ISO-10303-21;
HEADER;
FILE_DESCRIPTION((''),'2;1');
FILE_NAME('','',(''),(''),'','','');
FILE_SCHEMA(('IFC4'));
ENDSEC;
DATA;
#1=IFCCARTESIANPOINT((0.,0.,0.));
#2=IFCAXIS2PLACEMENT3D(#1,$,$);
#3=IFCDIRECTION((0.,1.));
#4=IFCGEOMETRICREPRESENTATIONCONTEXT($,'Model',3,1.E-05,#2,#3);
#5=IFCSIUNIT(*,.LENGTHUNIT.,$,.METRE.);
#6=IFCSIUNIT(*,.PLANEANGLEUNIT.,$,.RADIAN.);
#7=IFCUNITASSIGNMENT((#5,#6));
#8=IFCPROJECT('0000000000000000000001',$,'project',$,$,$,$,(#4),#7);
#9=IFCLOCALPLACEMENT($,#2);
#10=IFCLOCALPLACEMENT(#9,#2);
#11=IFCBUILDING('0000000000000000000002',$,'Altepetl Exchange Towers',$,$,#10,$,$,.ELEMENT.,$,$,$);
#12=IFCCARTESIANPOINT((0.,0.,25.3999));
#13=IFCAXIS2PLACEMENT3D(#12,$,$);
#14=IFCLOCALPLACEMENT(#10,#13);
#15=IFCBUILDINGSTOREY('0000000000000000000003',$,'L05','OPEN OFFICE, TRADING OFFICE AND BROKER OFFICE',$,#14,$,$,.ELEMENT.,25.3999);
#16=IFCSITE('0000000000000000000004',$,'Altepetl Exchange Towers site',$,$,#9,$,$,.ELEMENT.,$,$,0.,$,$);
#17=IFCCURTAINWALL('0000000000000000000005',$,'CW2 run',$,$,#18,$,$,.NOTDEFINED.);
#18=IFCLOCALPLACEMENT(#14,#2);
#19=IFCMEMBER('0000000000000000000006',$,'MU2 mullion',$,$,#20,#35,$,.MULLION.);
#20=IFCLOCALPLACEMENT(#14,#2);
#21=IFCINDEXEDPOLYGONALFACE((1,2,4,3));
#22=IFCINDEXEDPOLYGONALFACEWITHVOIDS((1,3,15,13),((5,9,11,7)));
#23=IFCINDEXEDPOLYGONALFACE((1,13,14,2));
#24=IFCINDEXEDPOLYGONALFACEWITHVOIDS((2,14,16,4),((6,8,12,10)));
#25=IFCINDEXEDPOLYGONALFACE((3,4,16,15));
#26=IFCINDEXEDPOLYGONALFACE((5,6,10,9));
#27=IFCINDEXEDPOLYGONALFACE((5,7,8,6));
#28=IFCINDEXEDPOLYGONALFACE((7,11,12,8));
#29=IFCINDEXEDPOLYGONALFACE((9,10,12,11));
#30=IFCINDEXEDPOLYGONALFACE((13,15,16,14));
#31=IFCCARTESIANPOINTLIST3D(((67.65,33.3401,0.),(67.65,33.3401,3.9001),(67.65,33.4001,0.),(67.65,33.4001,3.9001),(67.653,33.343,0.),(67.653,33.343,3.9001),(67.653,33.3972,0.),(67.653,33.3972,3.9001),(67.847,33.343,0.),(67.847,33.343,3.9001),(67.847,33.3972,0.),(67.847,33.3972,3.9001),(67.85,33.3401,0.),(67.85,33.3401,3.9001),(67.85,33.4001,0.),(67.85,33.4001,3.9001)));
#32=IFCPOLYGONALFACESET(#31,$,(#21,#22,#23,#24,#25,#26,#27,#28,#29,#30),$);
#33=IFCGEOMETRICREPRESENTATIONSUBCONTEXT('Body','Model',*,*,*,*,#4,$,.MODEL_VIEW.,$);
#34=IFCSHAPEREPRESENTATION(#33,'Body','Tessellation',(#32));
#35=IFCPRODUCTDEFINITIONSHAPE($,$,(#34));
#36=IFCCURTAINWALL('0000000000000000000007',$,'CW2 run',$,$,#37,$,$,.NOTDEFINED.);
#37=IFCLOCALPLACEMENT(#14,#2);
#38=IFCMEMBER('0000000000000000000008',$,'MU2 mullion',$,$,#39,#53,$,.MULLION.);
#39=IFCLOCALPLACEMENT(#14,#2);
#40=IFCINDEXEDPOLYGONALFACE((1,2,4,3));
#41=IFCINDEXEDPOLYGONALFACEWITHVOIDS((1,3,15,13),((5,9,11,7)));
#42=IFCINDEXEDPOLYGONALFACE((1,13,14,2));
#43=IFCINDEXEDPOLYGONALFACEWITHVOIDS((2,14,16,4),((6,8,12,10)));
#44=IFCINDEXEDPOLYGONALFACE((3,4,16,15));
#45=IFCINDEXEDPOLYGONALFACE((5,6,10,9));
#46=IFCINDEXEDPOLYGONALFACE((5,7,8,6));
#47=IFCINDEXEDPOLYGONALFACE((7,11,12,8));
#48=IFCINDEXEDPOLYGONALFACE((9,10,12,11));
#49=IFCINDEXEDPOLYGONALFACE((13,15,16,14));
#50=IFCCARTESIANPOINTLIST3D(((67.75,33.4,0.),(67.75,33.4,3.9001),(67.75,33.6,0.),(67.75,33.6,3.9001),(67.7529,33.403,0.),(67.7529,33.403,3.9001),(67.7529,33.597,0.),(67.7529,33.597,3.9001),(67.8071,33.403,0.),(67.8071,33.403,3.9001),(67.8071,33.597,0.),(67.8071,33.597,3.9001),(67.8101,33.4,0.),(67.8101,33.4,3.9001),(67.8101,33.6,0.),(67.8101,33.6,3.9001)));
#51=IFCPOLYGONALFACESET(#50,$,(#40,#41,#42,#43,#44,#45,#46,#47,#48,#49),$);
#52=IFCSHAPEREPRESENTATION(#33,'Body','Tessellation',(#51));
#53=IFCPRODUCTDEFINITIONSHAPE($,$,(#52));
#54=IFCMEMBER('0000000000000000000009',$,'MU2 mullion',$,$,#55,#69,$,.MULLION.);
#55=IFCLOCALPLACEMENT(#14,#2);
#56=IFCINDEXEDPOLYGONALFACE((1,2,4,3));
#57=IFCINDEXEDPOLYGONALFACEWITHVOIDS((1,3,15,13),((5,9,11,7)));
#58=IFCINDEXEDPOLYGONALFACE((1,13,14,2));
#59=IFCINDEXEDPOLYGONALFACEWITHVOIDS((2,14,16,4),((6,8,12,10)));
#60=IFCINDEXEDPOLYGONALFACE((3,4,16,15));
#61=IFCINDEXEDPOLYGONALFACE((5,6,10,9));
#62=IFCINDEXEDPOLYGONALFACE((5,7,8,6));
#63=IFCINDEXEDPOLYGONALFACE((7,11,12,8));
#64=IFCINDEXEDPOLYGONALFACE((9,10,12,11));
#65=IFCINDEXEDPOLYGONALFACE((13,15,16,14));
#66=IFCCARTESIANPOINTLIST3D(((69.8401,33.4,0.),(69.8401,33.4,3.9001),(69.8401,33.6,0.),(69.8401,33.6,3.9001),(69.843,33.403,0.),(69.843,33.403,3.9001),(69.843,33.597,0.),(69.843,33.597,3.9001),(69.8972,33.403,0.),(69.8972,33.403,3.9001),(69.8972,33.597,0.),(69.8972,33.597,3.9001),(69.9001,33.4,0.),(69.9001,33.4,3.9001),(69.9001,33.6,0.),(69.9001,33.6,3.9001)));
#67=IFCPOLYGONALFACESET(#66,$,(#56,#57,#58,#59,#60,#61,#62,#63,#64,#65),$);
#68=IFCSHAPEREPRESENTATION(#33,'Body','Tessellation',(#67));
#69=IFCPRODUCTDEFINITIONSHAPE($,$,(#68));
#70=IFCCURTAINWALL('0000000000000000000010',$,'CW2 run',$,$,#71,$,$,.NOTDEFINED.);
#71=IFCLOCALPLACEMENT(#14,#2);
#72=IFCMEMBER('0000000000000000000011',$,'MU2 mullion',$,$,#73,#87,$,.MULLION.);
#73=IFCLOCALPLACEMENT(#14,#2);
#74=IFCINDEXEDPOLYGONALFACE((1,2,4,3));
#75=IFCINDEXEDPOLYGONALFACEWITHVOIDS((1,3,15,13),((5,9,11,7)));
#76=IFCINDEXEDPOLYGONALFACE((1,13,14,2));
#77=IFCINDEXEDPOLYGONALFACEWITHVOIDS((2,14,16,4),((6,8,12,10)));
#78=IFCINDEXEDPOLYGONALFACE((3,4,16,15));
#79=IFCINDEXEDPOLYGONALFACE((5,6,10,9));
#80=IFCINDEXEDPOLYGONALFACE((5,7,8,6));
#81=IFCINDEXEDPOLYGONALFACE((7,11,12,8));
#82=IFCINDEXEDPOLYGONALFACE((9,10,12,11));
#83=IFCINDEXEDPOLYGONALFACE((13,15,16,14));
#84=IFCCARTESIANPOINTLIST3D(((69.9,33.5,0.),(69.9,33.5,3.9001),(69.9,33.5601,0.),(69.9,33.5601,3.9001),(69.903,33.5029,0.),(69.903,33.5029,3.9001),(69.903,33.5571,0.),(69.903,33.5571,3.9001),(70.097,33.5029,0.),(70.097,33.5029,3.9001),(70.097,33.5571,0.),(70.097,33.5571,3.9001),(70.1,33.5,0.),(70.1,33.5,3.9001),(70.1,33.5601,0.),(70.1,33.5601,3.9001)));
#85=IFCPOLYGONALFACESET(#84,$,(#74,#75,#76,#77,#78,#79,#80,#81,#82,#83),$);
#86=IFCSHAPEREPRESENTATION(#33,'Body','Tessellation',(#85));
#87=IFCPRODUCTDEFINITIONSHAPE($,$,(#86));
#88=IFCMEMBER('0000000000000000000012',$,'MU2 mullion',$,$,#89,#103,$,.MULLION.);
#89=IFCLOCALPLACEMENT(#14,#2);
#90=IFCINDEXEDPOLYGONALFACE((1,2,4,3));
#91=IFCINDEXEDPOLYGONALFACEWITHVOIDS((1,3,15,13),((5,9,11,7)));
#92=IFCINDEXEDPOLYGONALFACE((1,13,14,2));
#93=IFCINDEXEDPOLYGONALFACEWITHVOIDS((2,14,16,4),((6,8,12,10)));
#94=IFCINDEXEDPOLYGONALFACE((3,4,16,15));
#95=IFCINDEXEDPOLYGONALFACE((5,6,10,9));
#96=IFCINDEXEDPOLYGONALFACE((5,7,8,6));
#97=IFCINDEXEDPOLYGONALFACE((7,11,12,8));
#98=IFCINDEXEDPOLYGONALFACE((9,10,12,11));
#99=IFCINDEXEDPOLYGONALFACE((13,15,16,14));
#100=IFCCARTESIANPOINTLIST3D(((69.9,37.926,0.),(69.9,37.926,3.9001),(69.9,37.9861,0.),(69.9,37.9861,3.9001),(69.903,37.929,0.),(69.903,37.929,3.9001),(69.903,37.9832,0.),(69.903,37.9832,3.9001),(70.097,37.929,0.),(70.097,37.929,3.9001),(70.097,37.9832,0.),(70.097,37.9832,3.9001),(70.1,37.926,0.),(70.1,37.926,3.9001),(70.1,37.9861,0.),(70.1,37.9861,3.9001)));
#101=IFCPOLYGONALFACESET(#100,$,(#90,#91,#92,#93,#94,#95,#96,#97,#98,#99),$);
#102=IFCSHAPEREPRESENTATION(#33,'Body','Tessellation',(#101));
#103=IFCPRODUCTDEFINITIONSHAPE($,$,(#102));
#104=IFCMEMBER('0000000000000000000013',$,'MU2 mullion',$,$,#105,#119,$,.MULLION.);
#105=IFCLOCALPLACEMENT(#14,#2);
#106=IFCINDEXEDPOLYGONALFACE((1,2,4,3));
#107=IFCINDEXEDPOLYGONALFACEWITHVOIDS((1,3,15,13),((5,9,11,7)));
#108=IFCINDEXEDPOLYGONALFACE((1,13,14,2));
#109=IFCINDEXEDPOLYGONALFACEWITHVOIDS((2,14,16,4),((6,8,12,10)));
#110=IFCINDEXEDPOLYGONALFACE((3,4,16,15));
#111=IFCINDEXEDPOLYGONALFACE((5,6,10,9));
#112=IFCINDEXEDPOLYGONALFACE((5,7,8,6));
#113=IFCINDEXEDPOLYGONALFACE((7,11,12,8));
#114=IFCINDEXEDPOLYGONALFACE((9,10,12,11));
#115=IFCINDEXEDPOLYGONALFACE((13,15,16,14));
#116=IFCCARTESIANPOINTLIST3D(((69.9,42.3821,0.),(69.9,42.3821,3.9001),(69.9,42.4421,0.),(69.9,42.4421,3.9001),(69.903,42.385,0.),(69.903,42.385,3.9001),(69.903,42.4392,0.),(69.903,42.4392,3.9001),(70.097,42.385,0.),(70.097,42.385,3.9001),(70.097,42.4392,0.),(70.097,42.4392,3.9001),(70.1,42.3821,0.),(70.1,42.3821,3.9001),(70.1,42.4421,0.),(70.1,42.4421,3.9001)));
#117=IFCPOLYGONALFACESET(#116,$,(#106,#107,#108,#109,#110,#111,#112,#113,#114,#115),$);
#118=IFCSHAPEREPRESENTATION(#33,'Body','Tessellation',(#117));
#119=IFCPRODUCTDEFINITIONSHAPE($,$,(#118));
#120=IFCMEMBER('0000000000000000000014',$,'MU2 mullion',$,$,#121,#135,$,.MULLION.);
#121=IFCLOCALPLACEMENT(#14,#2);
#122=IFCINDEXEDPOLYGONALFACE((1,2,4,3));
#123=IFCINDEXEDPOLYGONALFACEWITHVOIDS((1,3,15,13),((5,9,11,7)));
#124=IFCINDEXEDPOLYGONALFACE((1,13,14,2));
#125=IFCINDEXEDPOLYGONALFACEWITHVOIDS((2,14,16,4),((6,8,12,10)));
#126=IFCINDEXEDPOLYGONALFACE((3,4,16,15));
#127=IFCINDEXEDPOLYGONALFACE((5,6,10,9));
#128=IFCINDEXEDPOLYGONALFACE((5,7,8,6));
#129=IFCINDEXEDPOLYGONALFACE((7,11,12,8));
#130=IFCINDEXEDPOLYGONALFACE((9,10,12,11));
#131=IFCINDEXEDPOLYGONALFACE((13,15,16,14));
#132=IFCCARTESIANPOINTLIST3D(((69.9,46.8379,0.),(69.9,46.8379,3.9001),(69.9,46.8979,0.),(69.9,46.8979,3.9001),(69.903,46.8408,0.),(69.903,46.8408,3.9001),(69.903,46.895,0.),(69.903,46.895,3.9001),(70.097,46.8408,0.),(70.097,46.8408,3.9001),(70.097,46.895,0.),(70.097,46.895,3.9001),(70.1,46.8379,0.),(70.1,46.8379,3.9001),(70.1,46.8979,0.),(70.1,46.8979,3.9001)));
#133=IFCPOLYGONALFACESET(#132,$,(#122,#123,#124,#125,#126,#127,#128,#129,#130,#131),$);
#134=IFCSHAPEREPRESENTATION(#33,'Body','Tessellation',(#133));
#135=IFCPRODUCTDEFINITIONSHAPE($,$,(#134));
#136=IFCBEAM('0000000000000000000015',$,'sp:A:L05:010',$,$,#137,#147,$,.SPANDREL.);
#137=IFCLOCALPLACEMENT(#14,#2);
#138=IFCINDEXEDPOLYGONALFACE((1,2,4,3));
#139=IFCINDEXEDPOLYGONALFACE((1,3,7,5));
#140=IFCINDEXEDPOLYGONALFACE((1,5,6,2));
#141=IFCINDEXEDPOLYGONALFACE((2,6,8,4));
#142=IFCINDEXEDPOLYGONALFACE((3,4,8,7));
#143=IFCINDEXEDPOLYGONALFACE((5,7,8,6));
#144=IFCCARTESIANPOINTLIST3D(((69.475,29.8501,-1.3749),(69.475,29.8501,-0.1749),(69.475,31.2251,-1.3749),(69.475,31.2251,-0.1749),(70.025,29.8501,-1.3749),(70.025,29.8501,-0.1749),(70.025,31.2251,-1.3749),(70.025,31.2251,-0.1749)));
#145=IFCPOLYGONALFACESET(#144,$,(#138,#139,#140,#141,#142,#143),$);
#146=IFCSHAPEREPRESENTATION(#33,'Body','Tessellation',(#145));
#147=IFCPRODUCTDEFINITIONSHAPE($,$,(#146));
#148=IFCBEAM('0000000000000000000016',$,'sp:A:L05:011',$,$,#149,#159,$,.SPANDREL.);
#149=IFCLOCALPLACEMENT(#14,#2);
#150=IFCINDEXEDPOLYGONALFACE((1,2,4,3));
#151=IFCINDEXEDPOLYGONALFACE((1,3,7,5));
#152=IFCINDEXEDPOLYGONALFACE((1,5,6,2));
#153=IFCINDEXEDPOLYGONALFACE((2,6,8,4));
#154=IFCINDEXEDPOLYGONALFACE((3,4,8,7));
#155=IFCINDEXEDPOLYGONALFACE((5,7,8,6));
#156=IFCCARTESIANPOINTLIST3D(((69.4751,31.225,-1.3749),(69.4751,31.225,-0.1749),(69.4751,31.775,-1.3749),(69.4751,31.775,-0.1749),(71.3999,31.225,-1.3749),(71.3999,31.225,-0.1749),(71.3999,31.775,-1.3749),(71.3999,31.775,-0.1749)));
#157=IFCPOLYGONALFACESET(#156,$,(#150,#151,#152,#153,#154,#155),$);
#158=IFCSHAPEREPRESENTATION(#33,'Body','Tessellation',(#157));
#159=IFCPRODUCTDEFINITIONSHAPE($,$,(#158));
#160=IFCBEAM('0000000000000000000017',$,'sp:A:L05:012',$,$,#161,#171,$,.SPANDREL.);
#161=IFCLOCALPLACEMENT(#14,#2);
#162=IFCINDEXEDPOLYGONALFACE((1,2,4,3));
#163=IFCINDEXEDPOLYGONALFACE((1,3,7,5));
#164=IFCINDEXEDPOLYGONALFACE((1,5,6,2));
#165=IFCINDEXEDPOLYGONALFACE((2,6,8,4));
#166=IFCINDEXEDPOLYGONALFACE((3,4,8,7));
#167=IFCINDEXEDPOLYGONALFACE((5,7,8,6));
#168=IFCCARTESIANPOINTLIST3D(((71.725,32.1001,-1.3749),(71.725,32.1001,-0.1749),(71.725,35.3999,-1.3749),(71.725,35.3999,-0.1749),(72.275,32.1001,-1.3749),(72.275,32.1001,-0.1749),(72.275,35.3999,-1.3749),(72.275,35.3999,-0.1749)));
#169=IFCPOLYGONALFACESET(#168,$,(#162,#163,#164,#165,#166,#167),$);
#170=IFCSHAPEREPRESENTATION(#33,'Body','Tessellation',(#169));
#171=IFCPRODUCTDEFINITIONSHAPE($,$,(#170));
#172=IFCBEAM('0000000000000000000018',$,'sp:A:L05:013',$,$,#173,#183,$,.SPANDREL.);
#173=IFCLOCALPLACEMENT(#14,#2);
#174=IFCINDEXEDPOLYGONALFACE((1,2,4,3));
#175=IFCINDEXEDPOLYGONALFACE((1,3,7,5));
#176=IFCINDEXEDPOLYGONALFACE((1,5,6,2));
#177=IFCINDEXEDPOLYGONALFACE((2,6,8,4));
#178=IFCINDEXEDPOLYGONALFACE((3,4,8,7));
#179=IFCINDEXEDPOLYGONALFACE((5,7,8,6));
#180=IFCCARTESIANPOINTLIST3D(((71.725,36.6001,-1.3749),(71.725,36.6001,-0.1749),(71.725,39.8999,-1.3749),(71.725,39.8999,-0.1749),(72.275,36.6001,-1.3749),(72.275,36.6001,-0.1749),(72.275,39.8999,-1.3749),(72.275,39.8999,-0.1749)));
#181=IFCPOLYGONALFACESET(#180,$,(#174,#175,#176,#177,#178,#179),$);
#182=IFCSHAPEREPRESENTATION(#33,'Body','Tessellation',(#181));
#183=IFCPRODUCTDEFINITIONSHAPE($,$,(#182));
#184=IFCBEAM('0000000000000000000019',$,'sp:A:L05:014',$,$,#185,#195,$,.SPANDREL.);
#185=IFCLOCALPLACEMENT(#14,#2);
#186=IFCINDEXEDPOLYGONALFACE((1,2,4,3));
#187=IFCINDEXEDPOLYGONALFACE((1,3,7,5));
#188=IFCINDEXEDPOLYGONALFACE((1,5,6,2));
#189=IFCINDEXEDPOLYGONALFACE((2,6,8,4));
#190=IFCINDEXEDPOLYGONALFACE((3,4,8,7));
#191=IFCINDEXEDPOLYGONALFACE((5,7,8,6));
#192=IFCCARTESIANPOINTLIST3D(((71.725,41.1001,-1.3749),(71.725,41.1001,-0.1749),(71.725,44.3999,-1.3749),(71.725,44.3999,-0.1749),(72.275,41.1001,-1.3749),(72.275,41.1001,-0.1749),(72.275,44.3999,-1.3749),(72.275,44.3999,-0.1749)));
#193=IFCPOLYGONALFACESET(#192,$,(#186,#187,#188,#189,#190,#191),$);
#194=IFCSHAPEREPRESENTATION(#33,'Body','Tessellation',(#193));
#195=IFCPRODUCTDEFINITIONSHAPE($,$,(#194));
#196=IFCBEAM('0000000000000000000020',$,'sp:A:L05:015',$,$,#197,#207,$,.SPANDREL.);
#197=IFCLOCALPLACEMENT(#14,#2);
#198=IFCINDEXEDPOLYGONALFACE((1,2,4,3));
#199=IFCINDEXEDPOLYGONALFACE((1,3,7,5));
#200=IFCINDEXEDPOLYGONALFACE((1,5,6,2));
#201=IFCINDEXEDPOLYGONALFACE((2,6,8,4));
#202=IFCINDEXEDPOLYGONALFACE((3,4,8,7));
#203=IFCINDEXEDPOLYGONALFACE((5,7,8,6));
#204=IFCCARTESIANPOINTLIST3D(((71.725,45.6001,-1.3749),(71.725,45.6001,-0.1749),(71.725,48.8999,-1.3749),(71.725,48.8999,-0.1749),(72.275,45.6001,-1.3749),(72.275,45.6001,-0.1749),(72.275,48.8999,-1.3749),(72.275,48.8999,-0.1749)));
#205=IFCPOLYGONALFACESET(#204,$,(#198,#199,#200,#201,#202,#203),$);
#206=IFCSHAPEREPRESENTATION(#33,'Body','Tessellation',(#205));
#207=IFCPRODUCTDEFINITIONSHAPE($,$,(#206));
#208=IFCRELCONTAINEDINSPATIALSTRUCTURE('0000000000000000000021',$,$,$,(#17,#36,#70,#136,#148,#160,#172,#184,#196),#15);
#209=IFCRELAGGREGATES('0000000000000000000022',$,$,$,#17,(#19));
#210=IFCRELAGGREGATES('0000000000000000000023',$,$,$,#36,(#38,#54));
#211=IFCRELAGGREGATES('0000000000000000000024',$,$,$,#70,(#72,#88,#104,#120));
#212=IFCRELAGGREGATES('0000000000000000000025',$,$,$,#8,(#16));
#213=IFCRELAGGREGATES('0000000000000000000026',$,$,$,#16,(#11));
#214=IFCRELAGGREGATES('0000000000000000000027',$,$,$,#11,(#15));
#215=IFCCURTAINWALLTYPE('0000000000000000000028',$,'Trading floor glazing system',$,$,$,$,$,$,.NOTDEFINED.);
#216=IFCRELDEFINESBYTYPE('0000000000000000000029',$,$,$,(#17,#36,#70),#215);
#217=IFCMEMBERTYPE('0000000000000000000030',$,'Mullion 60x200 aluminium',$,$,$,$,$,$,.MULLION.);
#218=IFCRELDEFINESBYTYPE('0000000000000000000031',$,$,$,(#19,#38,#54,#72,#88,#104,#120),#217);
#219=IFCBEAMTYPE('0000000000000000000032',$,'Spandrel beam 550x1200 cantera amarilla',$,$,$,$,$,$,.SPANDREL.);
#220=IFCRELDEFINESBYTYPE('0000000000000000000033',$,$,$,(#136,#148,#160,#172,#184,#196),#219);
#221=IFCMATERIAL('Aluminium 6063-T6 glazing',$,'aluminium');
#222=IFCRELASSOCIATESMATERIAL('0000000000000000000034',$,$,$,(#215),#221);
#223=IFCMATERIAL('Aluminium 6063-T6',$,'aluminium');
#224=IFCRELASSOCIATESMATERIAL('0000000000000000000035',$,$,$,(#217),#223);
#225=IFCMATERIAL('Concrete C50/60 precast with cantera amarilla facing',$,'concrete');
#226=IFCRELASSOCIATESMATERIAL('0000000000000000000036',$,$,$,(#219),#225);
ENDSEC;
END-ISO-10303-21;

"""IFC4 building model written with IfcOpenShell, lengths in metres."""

from ifc_helpers import new_model, si_unit, direction, frame, origin, origin_2d, place, context, subcontext, project, spatial, rectangle, hollow_rectangle, extrude, material, material_profile, profile_set, type_object, element, aggregate, save


model = new_model("IFC4")

# Units and contexts
model_context = context("Model", 3, precision=1e-05, world=origin(), true_north=direction((0.0, 1.0)))
body_context = subcontext(model_context, "Body", "Model", "MODEL_VIEW")
ifc_project = project(units=[si_unit("LENGTHUNIT", "METRE"), si_unit("PLANEANGLEUNIT", "RADIAN")], contexts=[model_context])

# Site, building, storey
site_placement = place(None, origin())
site = spatial("IfcSite", under=ifc_project, at=site_placement, Name="Altepetl Exchange Towers site", CompositionType="ELEMENT", RefElevation=0.0)
building_placement = place(site_placement, origin())
building = spatial("IfcBuilding", under=site, at=building_placement, Name="Altepetl Exchange Towers", CompositionType="ELEMENT")
storey_placement = place(building_placement, frame((0.0, 0.0, 25.3999)))
storey = spatial("IfcBuildingStorey", under=building, at=storey_placement, Name="L05", Description="OPEN OFFICE, TRADING OFFICE AND BROKER OFFICE", CompositionType="ELEMENT", Elevation=25.3999)

# Shared definitions
ifc_material_1 = material(Name="Aluminium 6063-T6 glazing", Category="aluminium")
curtain_wall_type = type_object("IfcCurtainWallType", Name="Trading floor glazing system", PredefinedType="NOTDEFINED", material=ifc_material_1)
ifc_material_2 = material(Name="Aluminium 6063-T6", Category="aluminium")
ifc_material_profile_1 = material_profile(ifc_material_2, hollow_rectangle(XDim=0.0601, YDim=0.2, WallThickness=0.0029, at=origin_2d()), Name="Mullion 60x200 aluminium")
ifc_profile_set_1 = profile_set([ifc_material_profile_1], Name="Aluminium 6063-T6")
member_type = type_object("IfcMemberType", Name="Mullion 60x200 aluminium", PredefinedType="MULLION", material=ifc_profile_set_1)

# Curtain walls, members
curtain_wall_1_placement = place(storey_placement, origin())
curtain_wall_1 = element("IfcCurtainWall", 1, at=curtain_wall_1_placement, inside=storey, type_object=curtain_wall_type, Name="CW2 run", PredefinedType="NOTDEFINED")
member_1_placement = place(storey_placement, frame((67.75, 33.3701, 0.0), z_axis=(0.0, 0.0, 1.0), x_axis=(0.0, 1.0, 0.0)))
member_1 = element("IfcMember", 2, at=member_1_placement, type_object=member_type, Name="MU2 mullion", PredefinedType="MULLION", context=body_context, shape_type="SweptSolid", body=[
    extrude(hollow_rectangle(XDim=0.0601, YDim=0.2, WallThickness=0.0029, at=origin_2d()), origin(), (0.0, 0.0, 1.0), 3.9001),
])
curtain_wall_2_placement = place(storey_placement, origin())
curtain_wall_2 = element("IfcCurtainWall", 3, at=curtain_wall_2_placement, inside=storey, type_object=curtain_wall_type, Name="CW2 run", PredefinedType="NOTDEFINED")
member_2_placement = place(storey_placement, frame((67.78, 33.5, 0.0)))
member_2 = element("IfcMember", 4, at=member_2_placement, type_object=member_type, Name="MU2 mullion", PredefinedType="MULLION", context=body_context, shape_type="SweptSolid", body=[
    extrude(hollow_rectangle(XDim=0.0601, YDim=0.2, WallThickness=0.0029, at=origin_2d()), origin(), (0.0, 0.0, 1.0), 3.9001),
])
member_3_placement = place(storey_placement, frame((69.8701, 33.5, 0.0)))
member_3 = element("IfcMember", 5, at=member_3_placement, type_object=member_type, Name="MU2 mullion", PredefinedType="MULLION", context=body_context, shape_type="SweptSolid", body=[
    extrude(hollow_rectangle(XDim=0.0601, YDim=0.2, WallThickness=0.0029, at=origin_2d()), origin(), (0.0, 0.0, 1.0), 3.9001),
])
curtain_wall_3_placement = place(storey_placement, origin())
curtain_wall_3 = element("IfcCurtainWall", 6, at=curtain_wall_3_placement, inside=storey, type_object=curtain_wall_type, Name="CW2 run", PredefinedType="NOTDEFINED")
member_4_placement = place(storey_placement, frame((70.0, 33.53, 0.0), z_axis=(0.0, 0.0, 1.0), x_axis=(0.0, 1.0, 0.0)))
member_4 = element("IfcMember", 7, at=member_4_placement, type_object=member_type, Name="MU2 mullion", PredefinedType="MULLION", context=body_context, shape_type="SweptSolid", body=[
    extrude(hollow_rectangle(XDim=0.0601, YDim=0.2, WallThickness=0.0029, at=origin_2d()), origin(), (0.0, 0.0, 1.0), 3.9001),
])
member_5_placement = place(storey_placement, frame((70.0, 37.9561, 0.0), z_axis=(0.0, 0.0, 1.0), x_axis=(0.0, 1.0, 0.0)))
member_5 = element("IfcMember", 8, at=member_5_placement, type_object=member_type, Name="MU2 mullion", PredefinedType="MULLION", context=body_context, shape_type="SweptSolid", body=[
    extrude(hollow_rectangle(XDim=0.0601, YDim=0.2, WallThickness=0.0029, at=origin_2d()), origin(), (0.0, 0.0, 1.0), 3.9001),
])
member_6_placement = place(storey_placement, frame((70.0, 42.4121, 0.0), z_axis=(0.0, 0.0, 1.0), x_axis=(0.0, 1.0, 0.0)))
member_6 = element("IfcMember", 9, at=member_6_placement, type_object=member_type, Name="MU2 mullion", PredefinedType="MULLION", context=body_context, shape_type="SweptSolid", body=[
    extrude(hollow_rectangle(XDim=0.0601, YDim=0.2, WallThickness=0.0029, at=origin_2d()), origin(), (0.0, 0.0, 1.0), 3.9001),
])
member_7_placement = place(storey_placement, frame((70.0, 46.8679, 0.0), z_axis=(0.0, 0.0, 1.0), x_axis=(0.0, 1.0, 0.0)))
member_7 = element("IfcMember", 10, at=member_7_placement, type_object=member_type, Name="MU2 mullion", PredefinedType="MULLION", context=body_context, shape_type="SweptSolid", body=[
    extrude(hollow_rectangle(XDim=0.0601, YDim=0.2, WallThickness=0.0029, at=origin_2d()), origin(), (0.0, 0.0, 1.0), 3.9001),
])

# Beams
ifc_material_3 = material(Name="Concrete C50/60 precast with cantera amarilla facing", Category="concrete")
ifc_material_profile_2 = material_profile(ifc_material_3, rectangle(XDim=0.55, YDim=1.2, at=origin_2d()), Name="550 x 1200")
ifc_profile_set_2 = profile_set([ifc_material_profile_2], Name="Concrete C50/60 precast with cantera amarilla facing")
beam_type_1 = type_object("IfcBeamType", Name="Spandrel beam 550x1200 cantera amarilla", PredefinedType="SPANDREL", material=ifc_profile_set_2)
beam_1_placement = place(storey_placement, frame((69.75, 29.8501, -0.7749), z_axis=(0.0, 1.0, 0.0), x_axis=(-1.0, 0.0, 0.0)))
element("IfcBeam", 11, at=beam_1_placement, inside=storey, type_object=beam_type_1, Name="sp:A:L05:010", PredefinedType="SPANDREL", context=body_context, shape_type="SweptSolid", body=[
    extrude(rectangle(XDim=0.55, YDim=1.2, at=origin_2d()), origin(), (0.0, 0.0, 1.0), 1.375),
])
beam_2_placement = place(storey_placement, frame((69.4751, 31.5, -0.7749), z_axis=(1.0, 0.0, 0.0), x_axis=(0.0, 1.0, 0.0)))
element("IfcBeam", 12, at=beam_2_placement, inside=storey, type_object=beam_type_1, Name="sp:A:L05:011", PredefinedType="SPANDREL", context=body_context, shape_type="SweptSolid", body=[
    extrude(rectangle(XDim=0.55, YDim=1.2, at=origin_2d()), origin(), (0.0, 0.0, 1.0), 1.9248),
])
for number, where, z_axis, x_axis, name in (
    (13, (72.0, 32.1001, -0.7749), (0.0, 1.0, 0.0), (-1.0, 0.0, 0.0), "sp:A:L05:012"),
    (14, (72.0, 36.6001, -0.7749), (0.0, 1.0, 0.0), (-1.0, 0.0, 0.0), "sp:A:L05:013"),
    (15, (72.0, 41.1001, -0.7749), (0.0, 1.0, 0.0), (-1.0, 0.0, 0.0), "sp:A:L05:014"),
    (16, (72.0, 45.6001, -0.7749), (0.0, 1.0, 0.0), (-1.0, 0.0, 0.0), "sp:A:L05:015"),
):
    element("IfcBeam", number, at=place(storey_placement, frame(where, z_axis=z_axis, x_axis=x_axis)), inside=storey, type_object=beam_type_1, Name=name, PredefinedType="SPANDREL", context=body_context, shape_type="SweptSolid", body=[
        extrude(rectangle(XDim=0.55, YDim=1.2, at=origin_2d()), origin(), (0.0, 0.0, 1.0), 3.2998),
    ])

aggregate(curtain_wall_1, [member_1])
aggregate(curtain_wall_2, [member_2, member_3])
aggregate(curtain_wall_3, [member_4, member_5, member_6, member_7])

save(model, "model.ifc")
